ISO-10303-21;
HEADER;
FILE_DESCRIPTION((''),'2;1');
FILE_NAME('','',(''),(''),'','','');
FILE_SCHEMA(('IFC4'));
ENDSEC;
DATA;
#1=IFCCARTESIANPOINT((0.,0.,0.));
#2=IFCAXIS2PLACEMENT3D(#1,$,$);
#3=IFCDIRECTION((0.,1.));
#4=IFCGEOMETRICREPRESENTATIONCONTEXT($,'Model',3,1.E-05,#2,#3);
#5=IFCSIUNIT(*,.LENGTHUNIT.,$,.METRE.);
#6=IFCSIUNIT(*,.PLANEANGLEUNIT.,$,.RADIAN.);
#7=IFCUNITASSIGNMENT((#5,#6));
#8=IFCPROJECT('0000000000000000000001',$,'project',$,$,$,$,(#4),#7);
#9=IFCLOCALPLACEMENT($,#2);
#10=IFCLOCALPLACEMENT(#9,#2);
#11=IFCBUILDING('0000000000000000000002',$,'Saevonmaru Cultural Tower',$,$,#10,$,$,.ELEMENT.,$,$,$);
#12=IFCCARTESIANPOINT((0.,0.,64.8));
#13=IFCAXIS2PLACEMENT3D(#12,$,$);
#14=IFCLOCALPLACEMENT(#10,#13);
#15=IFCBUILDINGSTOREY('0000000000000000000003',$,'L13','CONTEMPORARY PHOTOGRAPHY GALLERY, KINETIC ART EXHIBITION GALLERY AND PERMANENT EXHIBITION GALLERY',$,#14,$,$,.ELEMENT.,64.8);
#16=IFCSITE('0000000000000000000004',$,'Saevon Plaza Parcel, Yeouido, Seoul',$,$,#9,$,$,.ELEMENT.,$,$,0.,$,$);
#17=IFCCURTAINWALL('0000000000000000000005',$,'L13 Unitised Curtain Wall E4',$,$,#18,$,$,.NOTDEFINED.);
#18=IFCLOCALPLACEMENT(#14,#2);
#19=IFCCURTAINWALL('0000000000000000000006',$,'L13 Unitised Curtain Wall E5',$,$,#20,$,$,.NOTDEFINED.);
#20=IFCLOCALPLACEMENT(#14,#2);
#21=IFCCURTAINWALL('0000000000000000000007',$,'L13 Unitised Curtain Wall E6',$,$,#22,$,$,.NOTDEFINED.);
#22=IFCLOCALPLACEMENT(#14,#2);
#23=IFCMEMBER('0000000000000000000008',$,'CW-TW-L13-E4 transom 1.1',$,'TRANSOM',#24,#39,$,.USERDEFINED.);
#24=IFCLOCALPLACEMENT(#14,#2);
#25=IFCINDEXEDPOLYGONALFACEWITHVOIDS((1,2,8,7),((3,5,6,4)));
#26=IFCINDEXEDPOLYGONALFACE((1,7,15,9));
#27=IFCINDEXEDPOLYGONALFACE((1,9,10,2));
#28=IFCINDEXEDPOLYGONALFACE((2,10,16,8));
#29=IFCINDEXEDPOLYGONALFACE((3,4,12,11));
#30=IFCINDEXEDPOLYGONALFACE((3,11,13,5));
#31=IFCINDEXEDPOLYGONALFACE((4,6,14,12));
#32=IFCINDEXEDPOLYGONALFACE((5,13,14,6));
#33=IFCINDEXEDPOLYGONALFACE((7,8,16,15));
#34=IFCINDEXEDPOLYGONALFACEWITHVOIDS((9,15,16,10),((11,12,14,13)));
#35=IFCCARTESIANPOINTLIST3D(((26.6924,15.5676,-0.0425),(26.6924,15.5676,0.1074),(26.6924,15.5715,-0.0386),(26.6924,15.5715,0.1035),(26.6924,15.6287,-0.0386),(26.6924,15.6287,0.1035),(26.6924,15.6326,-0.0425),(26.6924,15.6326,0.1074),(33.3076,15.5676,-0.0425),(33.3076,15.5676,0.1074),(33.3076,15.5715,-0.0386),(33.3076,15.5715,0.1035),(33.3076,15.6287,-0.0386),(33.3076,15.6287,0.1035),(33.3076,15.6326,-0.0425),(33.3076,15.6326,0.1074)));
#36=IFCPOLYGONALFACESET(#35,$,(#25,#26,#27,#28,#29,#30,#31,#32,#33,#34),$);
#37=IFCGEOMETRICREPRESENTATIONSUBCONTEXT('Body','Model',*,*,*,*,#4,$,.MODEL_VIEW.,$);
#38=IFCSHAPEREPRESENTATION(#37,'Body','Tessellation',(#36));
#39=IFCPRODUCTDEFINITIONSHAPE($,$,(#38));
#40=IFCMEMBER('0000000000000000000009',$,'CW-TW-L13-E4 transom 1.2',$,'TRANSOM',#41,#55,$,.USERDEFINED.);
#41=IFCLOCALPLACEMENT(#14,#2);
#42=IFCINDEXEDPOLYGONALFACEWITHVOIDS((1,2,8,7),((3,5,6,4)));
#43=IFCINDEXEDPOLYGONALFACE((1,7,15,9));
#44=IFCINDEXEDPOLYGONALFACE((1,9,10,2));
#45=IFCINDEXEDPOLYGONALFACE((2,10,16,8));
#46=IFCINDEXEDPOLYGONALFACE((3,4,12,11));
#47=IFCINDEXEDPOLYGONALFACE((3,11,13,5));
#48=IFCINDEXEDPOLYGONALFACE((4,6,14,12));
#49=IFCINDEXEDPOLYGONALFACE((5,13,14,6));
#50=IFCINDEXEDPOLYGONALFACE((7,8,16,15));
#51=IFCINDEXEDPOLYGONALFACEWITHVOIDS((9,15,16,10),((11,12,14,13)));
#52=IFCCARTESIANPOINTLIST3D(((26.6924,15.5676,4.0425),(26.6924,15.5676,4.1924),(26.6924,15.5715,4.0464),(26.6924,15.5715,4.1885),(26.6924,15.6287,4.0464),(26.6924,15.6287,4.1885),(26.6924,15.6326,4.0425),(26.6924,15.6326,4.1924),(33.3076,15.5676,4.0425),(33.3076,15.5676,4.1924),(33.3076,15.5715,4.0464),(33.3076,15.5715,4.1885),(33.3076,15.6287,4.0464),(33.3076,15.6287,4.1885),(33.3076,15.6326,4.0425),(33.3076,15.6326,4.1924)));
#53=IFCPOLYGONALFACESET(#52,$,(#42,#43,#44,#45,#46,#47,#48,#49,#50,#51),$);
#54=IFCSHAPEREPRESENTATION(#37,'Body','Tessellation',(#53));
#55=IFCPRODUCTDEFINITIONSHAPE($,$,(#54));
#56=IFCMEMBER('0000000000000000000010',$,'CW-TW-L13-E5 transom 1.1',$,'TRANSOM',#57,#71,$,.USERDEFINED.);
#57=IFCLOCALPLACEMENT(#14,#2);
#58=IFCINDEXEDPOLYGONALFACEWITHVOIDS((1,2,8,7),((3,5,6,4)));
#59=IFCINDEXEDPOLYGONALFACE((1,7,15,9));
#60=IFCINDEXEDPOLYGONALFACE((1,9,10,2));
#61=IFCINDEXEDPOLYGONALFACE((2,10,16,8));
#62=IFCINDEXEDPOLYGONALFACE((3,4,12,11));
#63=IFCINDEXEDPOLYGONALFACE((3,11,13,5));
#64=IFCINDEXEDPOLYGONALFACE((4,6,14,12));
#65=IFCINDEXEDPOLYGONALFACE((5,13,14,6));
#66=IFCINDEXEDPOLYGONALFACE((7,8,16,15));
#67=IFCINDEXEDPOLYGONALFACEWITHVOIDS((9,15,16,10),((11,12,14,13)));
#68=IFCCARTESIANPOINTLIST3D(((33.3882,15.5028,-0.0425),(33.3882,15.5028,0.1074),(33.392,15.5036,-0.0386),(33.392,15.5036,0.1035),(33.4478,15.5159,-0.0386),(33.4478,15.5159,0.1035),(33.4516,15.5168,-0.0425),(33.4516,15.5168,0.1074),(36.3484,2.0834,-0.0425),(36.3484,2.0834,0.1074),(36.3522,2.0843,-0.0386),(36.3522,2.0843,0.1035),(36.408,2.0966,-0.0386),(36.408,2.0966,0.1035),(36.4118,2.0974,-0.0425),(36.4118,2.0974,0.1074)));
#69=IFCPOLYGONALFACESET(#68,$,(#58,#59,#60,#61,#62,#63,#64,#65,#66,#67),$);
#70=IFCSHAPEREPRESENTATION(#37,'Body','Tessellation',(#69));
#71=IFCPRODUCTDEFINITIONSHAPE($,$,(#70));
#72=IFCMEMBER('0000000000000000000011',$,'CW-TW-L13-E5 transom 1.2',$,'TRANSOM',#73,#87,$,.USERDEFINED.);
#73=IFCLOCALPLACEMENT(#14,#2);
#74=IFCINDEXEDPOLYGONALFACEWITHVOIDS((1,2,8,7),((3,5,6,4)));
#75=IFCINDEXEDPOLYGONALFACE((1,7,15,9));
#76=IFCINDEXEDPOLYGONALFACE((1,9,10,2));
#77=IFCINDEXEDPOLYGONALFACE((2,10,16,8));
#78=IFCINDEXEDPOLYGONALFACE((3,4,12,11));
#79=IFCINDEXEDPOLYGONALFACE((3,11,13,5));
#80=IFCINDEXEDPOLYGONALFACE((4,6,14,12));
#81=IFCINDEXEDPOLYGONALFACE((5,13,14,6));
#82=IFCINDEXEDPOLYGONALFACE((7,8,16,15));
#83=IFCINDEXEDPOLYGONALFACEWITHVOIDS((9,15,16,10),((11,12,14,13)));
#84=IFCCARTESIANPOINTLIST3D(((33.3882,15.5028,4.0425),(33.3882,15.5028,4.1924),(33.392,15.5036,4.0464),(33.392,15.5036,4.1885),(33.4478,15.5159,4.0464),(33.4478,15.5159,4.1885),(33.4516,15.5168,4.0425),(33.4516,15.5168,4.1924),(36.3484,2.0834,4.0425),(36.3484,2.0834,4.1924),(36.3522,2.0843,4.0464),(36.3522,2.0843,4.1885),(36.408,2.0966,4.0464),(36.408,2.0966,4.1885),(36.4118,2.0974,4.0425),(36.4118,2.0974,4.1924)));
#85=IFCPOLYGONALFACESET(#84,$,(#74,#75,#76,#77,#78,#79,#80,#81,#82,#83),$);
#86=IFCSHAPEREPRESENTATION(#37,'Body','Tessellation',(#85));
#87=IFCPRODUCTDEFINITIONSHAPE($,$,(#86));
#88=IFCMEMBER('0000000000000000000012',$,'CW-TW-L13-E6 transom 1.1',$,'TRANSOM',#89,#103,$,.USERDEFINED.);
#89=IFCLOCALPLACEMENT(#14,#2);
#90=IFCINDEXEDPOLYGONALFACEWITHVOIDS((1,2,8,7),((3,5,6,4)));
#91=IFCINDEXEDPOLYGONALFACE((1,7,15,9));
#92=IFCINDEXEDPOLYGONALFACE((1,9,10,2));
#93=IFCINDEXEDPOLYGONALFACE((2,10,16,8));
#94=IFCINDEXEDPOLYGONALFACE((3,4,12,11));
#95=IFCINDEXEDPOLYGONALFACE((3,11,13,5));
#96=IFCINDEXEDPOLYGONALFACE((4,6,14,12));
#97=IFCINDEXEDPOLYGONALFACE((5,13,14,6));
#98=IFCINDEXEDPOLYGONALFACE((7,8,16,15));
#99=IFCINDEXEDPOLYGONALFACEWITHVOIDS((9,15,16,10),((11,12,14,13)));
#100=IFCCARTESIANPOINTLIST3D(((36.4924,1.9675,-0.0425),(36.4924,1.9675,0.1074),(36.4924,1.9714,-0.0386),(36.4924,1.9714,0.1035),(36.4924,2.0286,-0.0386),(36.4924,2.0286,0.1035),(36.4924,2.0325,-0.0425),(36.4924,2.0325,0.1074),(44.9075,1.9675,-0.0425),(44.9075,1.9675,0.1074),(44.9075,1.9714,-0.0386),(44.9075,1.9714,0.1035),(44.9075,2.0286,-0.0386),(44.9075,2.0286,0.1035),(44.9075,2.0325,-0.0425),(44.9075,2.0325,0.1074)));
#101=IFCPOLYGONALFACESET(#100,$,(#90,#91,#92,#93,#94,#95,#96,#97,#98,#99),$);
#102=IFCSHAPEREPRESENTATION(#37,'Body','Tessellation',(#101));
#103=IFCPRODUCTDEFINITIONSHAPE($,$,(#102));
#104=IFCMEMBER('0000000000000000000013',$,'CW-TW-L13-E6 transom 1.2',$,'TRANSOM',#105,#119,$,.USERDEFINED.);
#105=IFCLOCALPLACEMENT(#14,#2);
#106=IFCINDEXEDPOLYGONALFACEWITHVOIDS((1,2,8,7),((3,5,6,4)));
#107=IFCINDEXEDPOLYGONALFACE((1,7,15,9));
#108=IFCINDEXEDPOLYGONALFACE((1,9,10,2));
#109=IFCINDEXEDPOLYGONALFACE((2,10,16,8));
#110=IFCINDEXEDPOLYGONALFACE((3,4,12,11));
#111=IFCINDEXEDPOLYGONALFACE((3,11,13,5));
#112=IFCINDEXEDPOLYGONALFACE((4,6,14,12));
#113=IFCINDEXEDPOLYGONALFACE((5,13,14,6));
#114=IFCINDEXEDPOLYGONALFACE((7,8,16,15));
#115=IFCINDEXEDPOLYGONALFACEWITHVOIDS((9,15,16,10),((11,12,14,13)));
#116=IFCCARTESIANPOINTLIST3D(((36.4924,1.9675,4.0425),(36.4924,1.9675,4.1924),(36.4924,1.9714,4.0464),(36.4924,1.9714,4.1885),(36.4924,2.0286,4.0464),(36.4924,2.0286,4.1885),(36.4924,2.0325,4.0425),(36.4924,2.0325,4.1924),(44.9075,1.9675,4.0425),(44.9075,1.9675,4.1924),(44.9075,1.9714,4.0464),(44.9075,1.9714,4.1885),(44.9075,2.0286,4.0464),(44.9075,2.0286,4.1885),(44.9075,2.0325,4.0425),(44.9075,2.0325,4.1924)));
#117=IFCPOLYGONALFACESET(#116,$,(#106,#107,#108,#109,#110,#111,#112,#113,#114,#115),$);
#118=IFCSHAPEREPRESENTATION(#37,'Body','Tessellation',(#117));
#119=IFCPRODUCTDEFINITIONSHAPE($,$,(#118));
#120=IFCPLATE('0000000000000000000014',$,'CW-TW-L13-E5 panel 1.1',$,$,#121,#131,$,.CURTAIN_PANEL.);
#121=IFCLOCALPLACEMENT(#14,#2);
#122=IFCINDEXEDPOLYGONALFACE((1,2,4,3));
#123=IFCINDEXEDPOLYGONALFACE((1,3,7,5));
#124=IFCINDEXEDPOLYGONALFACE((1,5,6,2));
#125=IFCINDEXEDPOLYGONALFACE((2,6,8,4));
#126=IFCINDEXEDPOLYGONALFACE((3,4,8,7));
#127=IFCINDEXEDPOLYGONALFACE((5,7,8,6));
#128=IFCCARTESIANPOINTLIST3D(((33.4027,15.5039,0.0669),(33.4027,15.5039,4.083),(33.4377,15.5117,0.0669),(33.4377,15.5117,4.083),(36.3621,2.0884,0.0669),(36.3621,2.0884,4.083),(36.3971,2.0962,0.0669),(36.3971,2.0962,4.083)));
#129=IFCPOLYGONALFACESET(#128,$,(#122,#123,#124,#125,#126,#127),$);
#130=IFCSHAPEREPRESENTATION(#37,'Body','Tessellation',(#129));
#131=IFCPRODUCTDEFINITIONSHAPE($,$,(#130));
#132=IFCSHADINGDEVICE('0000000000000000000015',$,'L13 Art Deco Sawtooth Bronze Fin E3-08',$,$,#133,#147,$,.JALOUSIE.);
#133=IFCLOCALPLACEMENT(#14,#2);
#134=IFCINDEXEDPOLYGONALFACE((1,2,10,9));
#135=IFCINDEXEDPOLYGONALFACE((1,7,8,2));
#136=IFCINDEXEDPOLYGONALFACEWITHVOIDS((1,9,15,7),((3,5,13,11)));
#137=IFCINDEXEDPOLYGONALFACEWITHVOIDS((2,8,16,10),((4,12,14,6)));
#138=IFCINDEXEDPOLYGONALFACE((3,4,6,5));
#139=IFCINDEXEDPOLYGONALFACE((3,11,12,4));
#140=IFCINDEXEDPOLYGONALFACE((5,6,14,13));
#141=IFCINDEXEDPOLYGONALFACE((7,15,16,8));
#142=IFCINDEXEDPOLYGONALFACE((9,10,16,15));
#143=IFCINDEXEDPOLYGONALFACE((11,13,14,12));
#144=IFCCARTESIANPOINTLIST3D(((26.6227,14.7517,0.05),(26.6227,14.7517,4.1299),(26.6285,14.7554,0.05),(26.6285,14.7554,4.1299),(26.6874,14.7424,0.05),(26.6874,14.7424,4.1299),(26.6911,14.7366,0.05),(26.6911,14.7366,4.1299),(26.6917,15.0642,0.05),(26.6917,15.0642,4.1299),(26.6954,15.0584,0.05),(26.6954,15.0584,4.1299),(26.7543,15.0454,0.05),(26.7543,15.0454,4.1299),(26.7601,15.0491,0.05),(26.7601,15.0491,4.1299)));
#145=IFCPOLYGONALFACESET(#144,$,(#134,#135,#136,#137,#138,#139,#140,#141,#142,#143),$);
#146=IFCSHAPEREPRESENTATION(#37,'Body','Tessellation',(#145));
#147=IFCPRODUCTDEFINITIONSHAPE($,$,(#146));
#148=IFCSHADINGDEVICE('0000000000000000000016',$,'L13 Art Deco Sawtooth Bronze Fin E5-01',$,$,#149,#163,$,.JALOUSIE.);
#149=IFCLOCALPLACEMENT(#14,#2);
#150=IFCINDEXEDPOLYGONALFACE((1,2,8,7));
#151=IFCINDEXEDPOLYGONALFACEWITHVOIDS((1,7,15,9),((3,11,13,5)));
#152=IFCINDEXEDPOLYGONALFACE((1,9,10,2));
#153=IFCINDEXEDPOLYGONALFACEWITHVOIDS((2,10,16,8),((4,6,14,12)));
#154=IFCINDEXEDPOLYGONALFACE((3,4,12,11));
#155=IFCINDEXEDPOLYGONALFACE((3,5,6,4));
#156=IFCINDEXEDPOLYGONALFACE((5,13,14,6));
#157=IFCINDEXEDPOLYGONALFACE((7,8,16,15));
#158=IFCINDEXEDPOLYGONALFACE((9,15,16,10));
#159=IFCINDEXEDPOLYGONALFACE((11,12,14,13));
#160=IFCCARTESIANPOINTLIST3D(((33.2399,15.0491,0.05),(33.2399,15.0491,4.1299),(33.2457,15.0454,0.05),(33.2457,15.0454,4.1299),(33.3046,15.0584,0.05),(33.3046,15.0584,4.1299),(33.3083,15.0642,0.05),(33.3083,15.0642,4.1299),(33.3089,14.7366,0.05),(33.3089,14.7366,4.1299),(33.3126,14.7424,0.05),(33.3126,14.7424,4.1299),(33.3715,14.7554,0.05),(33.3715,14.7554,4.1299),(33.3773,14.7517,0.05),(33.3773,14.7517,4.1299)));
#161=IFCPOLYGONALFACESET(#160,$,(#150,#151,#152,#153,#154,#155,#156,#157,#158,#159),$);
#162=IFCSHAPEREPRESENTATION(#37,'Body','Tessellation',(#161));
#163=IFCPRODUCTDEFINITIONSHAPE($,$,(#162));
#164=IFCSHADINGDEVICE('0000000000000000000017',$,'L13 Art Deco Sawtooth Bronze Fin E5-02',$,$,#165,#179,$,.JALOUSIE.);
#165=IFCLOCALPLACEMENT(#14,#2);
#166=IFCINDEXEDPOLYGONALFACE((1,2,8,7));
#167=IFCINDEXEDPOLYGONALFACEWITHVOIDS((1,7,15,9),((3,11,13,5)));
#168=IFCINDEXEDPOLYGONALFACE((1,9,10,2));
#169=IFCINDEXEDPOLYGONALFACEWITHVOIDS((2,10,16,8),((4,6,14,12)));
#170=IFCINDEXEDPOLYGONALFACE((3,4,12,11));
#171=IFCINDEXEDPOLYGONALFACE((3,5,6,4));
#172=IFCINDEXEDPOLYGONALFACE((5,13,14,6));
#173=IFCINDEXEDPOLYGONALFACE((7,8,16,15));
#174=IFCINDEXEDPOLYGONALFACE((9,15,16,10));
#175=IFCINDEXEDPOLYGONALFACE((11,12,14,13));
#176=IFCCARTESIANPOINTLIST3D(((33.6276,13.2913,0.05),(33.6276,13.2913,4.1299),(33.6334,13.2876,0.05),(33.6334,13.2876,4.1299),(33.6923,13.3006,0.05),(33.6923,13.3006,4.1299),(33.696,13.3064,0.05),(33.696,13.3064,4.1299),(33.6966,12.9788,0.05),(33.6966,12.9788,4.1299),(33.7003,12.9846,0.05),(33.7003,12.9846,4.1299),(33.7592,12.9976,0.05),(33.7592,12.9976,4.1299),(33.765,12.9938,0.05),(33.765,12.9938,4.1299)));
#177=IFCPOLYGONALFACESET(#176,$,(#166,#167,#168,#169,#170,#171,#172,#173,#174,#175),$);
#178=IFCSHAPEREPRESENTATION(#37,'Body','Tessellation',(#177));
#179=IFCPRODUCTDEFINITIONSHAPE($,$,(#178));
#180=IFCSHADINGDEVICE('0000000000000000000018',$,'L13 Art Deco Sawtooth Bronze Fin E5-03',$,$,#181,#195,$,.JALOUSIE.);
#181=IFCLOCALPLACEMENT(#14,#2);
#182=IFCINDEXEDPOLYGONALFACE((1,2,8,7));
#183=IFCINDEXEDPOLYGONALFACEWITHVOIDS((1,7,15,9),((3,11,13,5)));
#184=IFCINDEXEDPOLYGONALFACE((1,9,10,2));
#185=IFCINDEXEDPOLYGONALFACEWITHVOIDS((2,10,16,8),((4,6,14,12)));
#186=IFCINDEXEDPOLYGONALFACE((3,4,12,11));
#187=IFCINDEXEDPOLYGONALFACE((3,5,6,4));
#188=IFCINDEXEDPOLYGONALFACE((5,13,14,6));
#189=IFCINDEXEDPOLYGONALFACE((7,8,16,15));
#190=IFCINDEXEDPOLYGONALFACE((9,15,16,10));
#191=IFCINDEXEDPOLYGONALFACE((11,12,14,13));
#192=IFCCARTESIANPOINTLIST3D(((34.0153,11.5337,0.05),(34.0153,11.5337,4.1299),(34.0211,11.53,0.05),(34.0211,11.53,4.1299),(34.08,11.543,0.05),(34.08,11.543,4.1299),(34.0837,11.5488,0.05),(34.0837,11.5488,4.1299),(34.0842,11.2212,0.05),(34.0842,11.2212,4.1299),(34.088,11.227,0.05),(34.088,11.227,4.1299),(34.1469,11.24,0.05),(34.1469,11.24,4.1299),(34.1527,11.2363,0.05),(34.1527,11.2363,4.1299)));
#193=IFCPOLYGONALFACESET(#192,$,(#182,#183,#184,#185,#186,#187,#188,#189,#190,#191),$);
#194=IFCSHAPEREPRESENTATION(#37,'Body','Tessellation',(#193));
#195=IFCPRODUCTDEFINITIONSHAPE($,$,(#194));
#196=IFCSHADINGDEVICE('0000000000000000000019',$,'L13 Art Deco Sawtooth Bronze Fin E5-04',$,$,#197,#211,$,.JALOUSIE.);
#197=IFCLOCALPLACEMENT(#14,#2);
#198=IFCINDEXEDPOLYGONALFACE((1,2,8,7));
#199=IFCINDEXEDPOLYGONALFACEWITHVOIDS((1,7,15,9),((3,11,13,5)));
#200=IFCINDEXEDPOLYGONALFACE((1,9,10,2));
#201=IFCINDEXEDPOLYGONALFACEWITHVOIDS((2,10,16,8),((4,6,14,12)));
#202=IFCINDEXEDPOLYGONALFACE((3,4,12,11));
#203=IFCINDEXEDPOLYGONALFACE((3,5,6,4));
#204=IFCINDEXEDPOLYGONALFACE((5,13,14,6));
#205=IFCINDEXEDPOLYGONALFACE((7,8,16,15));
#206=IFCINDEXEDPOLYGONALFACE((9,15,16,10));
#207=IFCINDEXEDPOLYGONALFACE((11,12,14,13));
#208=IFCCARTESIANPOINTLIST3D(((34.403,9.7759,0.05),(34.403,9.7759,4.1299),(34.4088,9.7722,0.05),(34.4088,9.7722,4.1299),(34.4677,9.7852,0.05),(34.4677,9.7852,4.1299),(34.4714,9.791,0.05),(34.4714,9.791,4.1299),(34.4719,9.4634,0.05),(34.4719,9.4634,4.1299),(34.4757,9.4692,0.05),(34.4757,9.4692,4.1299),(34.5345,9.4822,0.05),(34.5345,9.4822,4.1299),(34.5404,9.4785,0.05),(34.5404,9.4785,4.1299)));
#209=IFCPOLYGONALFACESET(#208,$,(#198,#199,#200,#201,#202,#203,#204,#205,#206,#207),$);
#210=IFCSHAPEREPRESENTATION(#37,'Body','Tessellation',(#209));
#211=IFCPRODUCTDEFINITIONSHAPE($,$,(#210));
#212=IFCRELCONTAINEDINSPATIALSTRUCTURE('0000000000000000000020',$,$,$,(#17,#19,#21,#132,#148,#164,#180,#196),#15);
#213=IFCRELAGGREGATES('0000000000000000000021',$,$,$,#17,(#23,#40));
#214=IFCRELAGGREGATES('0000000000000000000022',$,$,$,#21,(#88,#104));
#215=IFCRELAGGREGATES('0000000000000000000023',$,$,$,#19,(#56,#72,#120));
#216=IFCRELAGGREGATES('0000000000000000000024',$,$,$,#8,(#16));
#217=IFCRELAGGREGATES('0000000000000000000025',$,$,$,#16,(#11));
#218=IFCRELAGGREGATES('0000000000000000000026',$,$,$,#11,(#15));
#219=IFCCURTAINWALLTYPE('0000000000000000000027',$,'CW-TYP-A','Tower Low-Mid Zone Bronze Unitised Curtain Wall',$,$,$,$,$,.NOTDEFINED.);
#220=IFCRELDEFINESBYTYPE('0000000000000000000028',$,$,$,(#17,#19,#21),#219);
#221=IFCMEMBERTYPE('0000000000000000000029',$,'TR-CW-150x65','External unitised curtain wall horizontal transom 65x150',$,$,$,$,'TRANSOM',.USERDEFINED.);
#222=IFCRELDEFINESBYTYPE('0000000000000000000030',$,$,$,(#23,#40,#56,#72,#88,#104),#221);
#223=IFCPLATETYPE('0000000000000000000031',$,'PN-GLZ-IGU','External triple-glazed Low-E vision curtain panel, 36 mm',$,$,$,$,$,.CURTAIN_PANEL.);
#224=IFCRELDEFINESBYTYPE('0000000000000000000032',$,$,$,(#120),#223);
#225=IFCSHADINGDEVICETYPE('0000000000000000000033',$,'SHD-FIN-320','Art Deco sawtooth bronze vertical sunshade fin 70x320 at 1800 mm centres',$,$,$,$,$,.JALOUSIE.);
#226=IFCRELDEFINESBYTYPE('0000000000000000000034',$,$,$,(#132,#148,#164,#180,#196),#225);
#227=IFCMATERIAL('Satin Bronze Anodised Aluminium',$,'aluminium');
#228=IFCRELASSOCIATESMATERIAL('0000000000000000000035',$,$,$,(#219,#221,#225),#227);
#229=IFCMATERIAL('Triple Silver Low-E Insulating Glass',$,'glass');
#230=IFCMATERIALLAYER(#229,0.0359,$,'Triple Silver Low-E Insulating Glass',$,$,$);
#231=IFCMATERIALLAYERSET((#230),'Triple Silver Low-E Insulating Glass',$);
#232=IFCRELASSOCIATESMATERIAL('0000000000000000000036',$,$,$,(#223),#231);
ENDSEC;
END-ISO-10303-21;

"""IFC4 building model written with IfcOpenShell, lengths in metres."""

from ifc_helpers import new_model, si_unit, direction, frame, origin, origin_2d, place, context, subcontext, project, spatial, rectangle, hollow_rectangle, extrude, material, layer, layer_set, material_profile, profile_set, type_object, element, aggregate, save


model = new_model("IFC4")

# Units and contexts
model_context = context("Model", 3, precision=1e-05, world=origin(), true_north=direction((0.0, 1.0)))
body_context = subcontext(model_context, "Body", "Model", "MODEL_VIEW")
ifc_project = project(units=[si_unit("LENGTHUNIT", "METRE"), si_unit("PLANEANGLEUNIT", "RADIAN")], contexts=[model_context])

# Site, building, storey
site_placement = place(None, origin())
site = spatial("IfcSite", under=ifc_project, at=site_placement, Name="Saevon Plaza Parcel, Yeouido, Seoul", CompositionType="ELEMENT", RefElevation=0.0)
building_placement = place(site_placement, origin())
building = spatial("IfcBuilding", under=site, at=building_placement, Name="Saevonmaru Cultural Tower", CompositionType="ELEMENT")
storey_placement = place(building_placement, frame((0.0, 0.0, 64.8)))
storey = spatial("IfcBuildingStorey", under=building, at=storey_placement, Name="L13", Description="CONTEMPORARY PHOTOGRAPHY GALLERY, KINETIC ART EXHIBITION GALLERY AND PERMANENT EXHIBITION GALLERY", CompositionType="ELEMENT", Elevation=64.8)

# Curtain wall
ifc_material_1 = material(Name="Satin Bronze Anodised Aluminium", Category="aluminium")
curtain_wall_type = type_object("IfcCurtainWallType", Name="CW-TYP-A", Description="Tower Low-Mid Zone Bronze Unitised Curtain Wall", PredefinedType="NOTDEFINED", material=ifc_material_1)
curtain_wall_1_placement = place(storey_placement, origin())
curtain_wall_1 = element("IfcCurtainWall", 1, at=curtain_wall_1_placement, inside=storey, type_object=curtain_wall_type, Name="L13 Unitised Curtain Wall E4", PredefinedType="NOTDEFINED")

# Curtain wall
curtain_wall_2_placement = place(storey_placement, origin())
curtain_wall_2 = element("IfcCurtainWall", 2, at=curtain_wall_2_placement, inside=storey, type_object=curtain_wall_type, Name="L13 Unitised Curtain Wall E5", PredefinedType="NOTDEFINED")

# Curtain wall
curtain_wall_3_placement = place(storey_placement, origin())
curtain_wall_3 = element("IfcCurtainWall", 3, at=curtain_wall_3_placement, inside=storey, type_object=curtain_wall_type, Name="L13 Unitised Curtain Wall E6", PredefinedType="NOTDEFINED")

# Members
ifc_material_profile_1 = material_profile(ifc_material_1, hollow_rectangle(XDim=0.0649, YDim=0.1499, WallThickness=0.0039, at=origin_2d()), Name="ALU-TRAN-150x65x4")
ifc_profile_set_1 = profile_set([ifc_material_profile_1], Name="Satin Bronze Anodised Aluminium")
member_type_1 = type_object("IfcMemberType", Name="TR-CW-150x65", Description="External unitised curtain wall horizontal transom 65x150", ElementType="TRANSOM", PredefinedType="USERDEFINED", material=ifc_profile_set_1)
member_1_placement = place(storey_placement, frame((26.6924, 15.6001, 0.0325), z_axis=(1.0, 0.0, 0.0), x_axis=(0.0, 1.0, 0.0)))
member_1 = element("IfcMember", 4, at=member_1_placement, type_object=member_type_1, Name="CW-TW-L13-E4 transom 1.1", ObjectType="TRANSOM", PredefinedType="USERDEFINED", context=body_context, shape_type="SweptSolid", body=[
    extrude(hollow_rectangle(XDim=0.0649, YDim=0.1499, WallThickness=0.0039, at=origin_2d()), origin(), (0.0, 0.0, 1.0), 6.6152),
])
member_2_placement = place(storey_placement, frame((26.6924, 15.6001, 4.1174), z_axis=(1.0, 0.0, 0.0), x_axis=(0.0, 1.0, 0.0)))
member_2 = element("IfcMember", 5, at=member_2_placement, type_object=member_type_1, Name="CW-TW-L13-E4 transom 1.2", ObjectType="TRANSOM", PredefinedType="USERDEFINED", context=body_context, shape_type="SweptSolid", body=[
    extrude(hollow_rectangle(XDim=0.0649, YDim=0.1499, WallThickness=0.0039, at=origin_2d()), origin(), (0.0, 0.0, 1.0), 6.6152),
])
aggregate(curtain_wall_1, [member_1, member_2])
member_3_placement = place(storey_placement, frame((33.4199, 15.5098, 0.0325), z_axis=(0.215412, -0.976523, 0.0), x_axis=(0.976523, 0.215412, 0.0)))
member_3 = element("IfcMember", 6, at=member_3_placement, type_object=member_type_1, Name="CW-TW-L13-E5 transom 1.1", ObjectType="TRANSOM", PredefinedType="USERDEFINED", context=body_context, shape_type="SweptSolid", body=[
    extrude(hollow_rectangle(XDim=0.0649, YDim=0.1499, WallThickness=0.0039, at=origin_2d()), origin(), (0.0, 0.0, 1.0), 13.7419),
])
member_4_placement = place(storey_placement, frame((33.4199, 15.5098, 4.1174), z_axis=(0.215412, -0.976523, 0.0), x_axis=(0.976523, 0.215412, 0.0)))
member_4 = element("IfcMember", 7, at=member_4_placement, type_object=member_type_1, Name="CW-TW-L13-E5 transom 1.2", ObjectType="TRANSOM", PredefinedType="USERDEFINED", context=body_context, shape_type="SweptSolid", body=[
    extrude(hollow_rectangle(XDim=0.0649, YDim=0.1499, WallThickness=0.0039, at=origin_2d()), origin(), (0.0, 0.0, 1.0), 13.7419),
])
member_5_placement = place(storey_placement, frame((36.4924, 2.0, 0.0325), z_axis=(1.0, 0.0, 0.0), x_axis=(0.0, 1.0, 0.0)))
member_5 = element("IfcMember", 8, at=member_5_placement, type_object=member_type_1, Name="CW-TW-L13-E6 transom 1.1", ObjectType="TRANSOM", PredefinedType="USERDEFINED", context=body_context, shape_type="SweptSolid", body=[
    extrude(hollow_rectangle(XDim=0.0649, YDim=0.1499, WallThickness=0.0039, at=origin_2d()), origin(), (0.0, 0.0, 1.0), 8.415),
])
member_6_placement = place(storey_placement, frame((36.4924, 2.0, 4.1174), z_axis=(1.0, 0.0, 0.0), x_axis=(0.0, 1.0, 0.0)))
member_6 = element("IfcMember", 9, at=member_6_placement, type_object=member_type_1, Name="CW-TW-L13-E6 transom 1.2", ObjectType="TRANSOM", PredefinedType="USERDEFINED", context=body_context, shape_type="SweptSolid", body=[
    extrude(hollow_rectangle(XDim=0.0649, YDim=0.1499, WallThickness=0.0039, at=origin_2d()), origin(), (0.0, 0.0, 1.0), 8.415),
])
aggregate(curtain_wall_3, [member_5, member_6])

# Plate
ifc_material_2 = material(Name="Triple Silver Low-E Insulating Glass", Category="glass")
ifc_layer_1 = layer(ifc_material_2, 0.0359, Name="Triple Silver Low-E Insulating Glass")
ifc_layer_set_1 = layer_set([ifc_layer_1], Name="Triple Silver Low-E Insulating Glass")
plate_type = type_object("IfcPlateType", Name="PN-GLZ-IGU", Description="External triple-glazed Low-E vision curtain panel, 36 mm", PredefinedType="CURTAIN_PANEL", material=ifc_layer_set_1)
plate_placement = place(storey_placement, frame((34.8999, 8.8, 0.0669), z_axis=(0.0, 0.0, 1.0), x_axis=(0.215413, -0.976523, 0.0)))
plate = element("IfcPlate", 10, at=plate_placement, type_object=plate_type, Name="CW-TW-L13-E5 panel 1.1", PredefinedType="CURTAIN_PANEL", context=body_context, shape_type="SweptSolid", body=[
    extrude(rectangle(XDim=13.738, YDim=0.0359, at=origin_2d()), origin(), (0.0, 0.0, 1.0), 4.0161),
])
aggregate(curtain_wall_2, [member_3, member_4, plate])

# Shading devices
ifc_material_profile_2 = material_profile(ifc_material_1, hollow_rectangle(XDim=0.0701, YDim=0.3201, WallThickness=0.0049, at=origin_2d()), Name="FIN-320x70")
ifc_profile_set_2 = profile_set([ifc_material_profile_2], Name="Satin Bronze Anodised Aluminium")
shading_device_type = type_object("IfcShadingDeviceType", Name="SHD-FIN-320", Description="Art Deco sawtooth bronze vertical sunshade fin 70x320 at 1800 mm centres", PredefinedType="JALOUSIE", material=ifc_profile_set_2)
for number, where, z_axis, x_axis, name in (
    (11, (26.6914, 14.9004, 0.05), (0.0, 0.0, 1.0), (0.976522, -0.215417, 0.0), "L13 Art Deco Sawtooth Bronze Fin E3-08"),
    (12, (33.3086, 14.9004, 0.05), (0.0, 0.0, 1.0), (-0.976522, -0.215417, 0.0), "L13 Art Deco Sawtooth Bronze Fin E5-01"),
    (13, (33.6963, 13.1426, 0.05), (0.0, 0.0, 1.0), (-0.976522, -0.215417, 0.0), "L13 Art Deco Sawtooth Bronze Fin E5-02"),
    (14, (34.084, 11.385, 0.05), (0.0, 0.0, 1.0), (-0.976522, -0.215417, 0.0), "L13 Art Deco Sawtooth Bronze Fin E5-03"),
    (15, (34.4717, 9.6272, 0.05), (0.0, 0.0, 1.0), (-0.976522, -0.215417, 0.0), "L13 Art Deco Sawtooth Bronze Fin E5-04"),
):
    element("IfcShadingDevice", number, at=place(storey_placement, frame(where, z_axis=z_axis, x_axis=x_axis)), inside=storey, type_object=shading_device_type, Name=name, PredefinedType="JALOUSIE", context=body_context, shape_type="SweptSolid", body=[
        extrude(hollow_rectangle(XDim=0.0701, YDim=0.3201, WallThickness=0.0049, at=origin_2d()), origin(), (0.0, 0.0, 1.0), 4.0798),
    ])

save(model, "model.ifc")
